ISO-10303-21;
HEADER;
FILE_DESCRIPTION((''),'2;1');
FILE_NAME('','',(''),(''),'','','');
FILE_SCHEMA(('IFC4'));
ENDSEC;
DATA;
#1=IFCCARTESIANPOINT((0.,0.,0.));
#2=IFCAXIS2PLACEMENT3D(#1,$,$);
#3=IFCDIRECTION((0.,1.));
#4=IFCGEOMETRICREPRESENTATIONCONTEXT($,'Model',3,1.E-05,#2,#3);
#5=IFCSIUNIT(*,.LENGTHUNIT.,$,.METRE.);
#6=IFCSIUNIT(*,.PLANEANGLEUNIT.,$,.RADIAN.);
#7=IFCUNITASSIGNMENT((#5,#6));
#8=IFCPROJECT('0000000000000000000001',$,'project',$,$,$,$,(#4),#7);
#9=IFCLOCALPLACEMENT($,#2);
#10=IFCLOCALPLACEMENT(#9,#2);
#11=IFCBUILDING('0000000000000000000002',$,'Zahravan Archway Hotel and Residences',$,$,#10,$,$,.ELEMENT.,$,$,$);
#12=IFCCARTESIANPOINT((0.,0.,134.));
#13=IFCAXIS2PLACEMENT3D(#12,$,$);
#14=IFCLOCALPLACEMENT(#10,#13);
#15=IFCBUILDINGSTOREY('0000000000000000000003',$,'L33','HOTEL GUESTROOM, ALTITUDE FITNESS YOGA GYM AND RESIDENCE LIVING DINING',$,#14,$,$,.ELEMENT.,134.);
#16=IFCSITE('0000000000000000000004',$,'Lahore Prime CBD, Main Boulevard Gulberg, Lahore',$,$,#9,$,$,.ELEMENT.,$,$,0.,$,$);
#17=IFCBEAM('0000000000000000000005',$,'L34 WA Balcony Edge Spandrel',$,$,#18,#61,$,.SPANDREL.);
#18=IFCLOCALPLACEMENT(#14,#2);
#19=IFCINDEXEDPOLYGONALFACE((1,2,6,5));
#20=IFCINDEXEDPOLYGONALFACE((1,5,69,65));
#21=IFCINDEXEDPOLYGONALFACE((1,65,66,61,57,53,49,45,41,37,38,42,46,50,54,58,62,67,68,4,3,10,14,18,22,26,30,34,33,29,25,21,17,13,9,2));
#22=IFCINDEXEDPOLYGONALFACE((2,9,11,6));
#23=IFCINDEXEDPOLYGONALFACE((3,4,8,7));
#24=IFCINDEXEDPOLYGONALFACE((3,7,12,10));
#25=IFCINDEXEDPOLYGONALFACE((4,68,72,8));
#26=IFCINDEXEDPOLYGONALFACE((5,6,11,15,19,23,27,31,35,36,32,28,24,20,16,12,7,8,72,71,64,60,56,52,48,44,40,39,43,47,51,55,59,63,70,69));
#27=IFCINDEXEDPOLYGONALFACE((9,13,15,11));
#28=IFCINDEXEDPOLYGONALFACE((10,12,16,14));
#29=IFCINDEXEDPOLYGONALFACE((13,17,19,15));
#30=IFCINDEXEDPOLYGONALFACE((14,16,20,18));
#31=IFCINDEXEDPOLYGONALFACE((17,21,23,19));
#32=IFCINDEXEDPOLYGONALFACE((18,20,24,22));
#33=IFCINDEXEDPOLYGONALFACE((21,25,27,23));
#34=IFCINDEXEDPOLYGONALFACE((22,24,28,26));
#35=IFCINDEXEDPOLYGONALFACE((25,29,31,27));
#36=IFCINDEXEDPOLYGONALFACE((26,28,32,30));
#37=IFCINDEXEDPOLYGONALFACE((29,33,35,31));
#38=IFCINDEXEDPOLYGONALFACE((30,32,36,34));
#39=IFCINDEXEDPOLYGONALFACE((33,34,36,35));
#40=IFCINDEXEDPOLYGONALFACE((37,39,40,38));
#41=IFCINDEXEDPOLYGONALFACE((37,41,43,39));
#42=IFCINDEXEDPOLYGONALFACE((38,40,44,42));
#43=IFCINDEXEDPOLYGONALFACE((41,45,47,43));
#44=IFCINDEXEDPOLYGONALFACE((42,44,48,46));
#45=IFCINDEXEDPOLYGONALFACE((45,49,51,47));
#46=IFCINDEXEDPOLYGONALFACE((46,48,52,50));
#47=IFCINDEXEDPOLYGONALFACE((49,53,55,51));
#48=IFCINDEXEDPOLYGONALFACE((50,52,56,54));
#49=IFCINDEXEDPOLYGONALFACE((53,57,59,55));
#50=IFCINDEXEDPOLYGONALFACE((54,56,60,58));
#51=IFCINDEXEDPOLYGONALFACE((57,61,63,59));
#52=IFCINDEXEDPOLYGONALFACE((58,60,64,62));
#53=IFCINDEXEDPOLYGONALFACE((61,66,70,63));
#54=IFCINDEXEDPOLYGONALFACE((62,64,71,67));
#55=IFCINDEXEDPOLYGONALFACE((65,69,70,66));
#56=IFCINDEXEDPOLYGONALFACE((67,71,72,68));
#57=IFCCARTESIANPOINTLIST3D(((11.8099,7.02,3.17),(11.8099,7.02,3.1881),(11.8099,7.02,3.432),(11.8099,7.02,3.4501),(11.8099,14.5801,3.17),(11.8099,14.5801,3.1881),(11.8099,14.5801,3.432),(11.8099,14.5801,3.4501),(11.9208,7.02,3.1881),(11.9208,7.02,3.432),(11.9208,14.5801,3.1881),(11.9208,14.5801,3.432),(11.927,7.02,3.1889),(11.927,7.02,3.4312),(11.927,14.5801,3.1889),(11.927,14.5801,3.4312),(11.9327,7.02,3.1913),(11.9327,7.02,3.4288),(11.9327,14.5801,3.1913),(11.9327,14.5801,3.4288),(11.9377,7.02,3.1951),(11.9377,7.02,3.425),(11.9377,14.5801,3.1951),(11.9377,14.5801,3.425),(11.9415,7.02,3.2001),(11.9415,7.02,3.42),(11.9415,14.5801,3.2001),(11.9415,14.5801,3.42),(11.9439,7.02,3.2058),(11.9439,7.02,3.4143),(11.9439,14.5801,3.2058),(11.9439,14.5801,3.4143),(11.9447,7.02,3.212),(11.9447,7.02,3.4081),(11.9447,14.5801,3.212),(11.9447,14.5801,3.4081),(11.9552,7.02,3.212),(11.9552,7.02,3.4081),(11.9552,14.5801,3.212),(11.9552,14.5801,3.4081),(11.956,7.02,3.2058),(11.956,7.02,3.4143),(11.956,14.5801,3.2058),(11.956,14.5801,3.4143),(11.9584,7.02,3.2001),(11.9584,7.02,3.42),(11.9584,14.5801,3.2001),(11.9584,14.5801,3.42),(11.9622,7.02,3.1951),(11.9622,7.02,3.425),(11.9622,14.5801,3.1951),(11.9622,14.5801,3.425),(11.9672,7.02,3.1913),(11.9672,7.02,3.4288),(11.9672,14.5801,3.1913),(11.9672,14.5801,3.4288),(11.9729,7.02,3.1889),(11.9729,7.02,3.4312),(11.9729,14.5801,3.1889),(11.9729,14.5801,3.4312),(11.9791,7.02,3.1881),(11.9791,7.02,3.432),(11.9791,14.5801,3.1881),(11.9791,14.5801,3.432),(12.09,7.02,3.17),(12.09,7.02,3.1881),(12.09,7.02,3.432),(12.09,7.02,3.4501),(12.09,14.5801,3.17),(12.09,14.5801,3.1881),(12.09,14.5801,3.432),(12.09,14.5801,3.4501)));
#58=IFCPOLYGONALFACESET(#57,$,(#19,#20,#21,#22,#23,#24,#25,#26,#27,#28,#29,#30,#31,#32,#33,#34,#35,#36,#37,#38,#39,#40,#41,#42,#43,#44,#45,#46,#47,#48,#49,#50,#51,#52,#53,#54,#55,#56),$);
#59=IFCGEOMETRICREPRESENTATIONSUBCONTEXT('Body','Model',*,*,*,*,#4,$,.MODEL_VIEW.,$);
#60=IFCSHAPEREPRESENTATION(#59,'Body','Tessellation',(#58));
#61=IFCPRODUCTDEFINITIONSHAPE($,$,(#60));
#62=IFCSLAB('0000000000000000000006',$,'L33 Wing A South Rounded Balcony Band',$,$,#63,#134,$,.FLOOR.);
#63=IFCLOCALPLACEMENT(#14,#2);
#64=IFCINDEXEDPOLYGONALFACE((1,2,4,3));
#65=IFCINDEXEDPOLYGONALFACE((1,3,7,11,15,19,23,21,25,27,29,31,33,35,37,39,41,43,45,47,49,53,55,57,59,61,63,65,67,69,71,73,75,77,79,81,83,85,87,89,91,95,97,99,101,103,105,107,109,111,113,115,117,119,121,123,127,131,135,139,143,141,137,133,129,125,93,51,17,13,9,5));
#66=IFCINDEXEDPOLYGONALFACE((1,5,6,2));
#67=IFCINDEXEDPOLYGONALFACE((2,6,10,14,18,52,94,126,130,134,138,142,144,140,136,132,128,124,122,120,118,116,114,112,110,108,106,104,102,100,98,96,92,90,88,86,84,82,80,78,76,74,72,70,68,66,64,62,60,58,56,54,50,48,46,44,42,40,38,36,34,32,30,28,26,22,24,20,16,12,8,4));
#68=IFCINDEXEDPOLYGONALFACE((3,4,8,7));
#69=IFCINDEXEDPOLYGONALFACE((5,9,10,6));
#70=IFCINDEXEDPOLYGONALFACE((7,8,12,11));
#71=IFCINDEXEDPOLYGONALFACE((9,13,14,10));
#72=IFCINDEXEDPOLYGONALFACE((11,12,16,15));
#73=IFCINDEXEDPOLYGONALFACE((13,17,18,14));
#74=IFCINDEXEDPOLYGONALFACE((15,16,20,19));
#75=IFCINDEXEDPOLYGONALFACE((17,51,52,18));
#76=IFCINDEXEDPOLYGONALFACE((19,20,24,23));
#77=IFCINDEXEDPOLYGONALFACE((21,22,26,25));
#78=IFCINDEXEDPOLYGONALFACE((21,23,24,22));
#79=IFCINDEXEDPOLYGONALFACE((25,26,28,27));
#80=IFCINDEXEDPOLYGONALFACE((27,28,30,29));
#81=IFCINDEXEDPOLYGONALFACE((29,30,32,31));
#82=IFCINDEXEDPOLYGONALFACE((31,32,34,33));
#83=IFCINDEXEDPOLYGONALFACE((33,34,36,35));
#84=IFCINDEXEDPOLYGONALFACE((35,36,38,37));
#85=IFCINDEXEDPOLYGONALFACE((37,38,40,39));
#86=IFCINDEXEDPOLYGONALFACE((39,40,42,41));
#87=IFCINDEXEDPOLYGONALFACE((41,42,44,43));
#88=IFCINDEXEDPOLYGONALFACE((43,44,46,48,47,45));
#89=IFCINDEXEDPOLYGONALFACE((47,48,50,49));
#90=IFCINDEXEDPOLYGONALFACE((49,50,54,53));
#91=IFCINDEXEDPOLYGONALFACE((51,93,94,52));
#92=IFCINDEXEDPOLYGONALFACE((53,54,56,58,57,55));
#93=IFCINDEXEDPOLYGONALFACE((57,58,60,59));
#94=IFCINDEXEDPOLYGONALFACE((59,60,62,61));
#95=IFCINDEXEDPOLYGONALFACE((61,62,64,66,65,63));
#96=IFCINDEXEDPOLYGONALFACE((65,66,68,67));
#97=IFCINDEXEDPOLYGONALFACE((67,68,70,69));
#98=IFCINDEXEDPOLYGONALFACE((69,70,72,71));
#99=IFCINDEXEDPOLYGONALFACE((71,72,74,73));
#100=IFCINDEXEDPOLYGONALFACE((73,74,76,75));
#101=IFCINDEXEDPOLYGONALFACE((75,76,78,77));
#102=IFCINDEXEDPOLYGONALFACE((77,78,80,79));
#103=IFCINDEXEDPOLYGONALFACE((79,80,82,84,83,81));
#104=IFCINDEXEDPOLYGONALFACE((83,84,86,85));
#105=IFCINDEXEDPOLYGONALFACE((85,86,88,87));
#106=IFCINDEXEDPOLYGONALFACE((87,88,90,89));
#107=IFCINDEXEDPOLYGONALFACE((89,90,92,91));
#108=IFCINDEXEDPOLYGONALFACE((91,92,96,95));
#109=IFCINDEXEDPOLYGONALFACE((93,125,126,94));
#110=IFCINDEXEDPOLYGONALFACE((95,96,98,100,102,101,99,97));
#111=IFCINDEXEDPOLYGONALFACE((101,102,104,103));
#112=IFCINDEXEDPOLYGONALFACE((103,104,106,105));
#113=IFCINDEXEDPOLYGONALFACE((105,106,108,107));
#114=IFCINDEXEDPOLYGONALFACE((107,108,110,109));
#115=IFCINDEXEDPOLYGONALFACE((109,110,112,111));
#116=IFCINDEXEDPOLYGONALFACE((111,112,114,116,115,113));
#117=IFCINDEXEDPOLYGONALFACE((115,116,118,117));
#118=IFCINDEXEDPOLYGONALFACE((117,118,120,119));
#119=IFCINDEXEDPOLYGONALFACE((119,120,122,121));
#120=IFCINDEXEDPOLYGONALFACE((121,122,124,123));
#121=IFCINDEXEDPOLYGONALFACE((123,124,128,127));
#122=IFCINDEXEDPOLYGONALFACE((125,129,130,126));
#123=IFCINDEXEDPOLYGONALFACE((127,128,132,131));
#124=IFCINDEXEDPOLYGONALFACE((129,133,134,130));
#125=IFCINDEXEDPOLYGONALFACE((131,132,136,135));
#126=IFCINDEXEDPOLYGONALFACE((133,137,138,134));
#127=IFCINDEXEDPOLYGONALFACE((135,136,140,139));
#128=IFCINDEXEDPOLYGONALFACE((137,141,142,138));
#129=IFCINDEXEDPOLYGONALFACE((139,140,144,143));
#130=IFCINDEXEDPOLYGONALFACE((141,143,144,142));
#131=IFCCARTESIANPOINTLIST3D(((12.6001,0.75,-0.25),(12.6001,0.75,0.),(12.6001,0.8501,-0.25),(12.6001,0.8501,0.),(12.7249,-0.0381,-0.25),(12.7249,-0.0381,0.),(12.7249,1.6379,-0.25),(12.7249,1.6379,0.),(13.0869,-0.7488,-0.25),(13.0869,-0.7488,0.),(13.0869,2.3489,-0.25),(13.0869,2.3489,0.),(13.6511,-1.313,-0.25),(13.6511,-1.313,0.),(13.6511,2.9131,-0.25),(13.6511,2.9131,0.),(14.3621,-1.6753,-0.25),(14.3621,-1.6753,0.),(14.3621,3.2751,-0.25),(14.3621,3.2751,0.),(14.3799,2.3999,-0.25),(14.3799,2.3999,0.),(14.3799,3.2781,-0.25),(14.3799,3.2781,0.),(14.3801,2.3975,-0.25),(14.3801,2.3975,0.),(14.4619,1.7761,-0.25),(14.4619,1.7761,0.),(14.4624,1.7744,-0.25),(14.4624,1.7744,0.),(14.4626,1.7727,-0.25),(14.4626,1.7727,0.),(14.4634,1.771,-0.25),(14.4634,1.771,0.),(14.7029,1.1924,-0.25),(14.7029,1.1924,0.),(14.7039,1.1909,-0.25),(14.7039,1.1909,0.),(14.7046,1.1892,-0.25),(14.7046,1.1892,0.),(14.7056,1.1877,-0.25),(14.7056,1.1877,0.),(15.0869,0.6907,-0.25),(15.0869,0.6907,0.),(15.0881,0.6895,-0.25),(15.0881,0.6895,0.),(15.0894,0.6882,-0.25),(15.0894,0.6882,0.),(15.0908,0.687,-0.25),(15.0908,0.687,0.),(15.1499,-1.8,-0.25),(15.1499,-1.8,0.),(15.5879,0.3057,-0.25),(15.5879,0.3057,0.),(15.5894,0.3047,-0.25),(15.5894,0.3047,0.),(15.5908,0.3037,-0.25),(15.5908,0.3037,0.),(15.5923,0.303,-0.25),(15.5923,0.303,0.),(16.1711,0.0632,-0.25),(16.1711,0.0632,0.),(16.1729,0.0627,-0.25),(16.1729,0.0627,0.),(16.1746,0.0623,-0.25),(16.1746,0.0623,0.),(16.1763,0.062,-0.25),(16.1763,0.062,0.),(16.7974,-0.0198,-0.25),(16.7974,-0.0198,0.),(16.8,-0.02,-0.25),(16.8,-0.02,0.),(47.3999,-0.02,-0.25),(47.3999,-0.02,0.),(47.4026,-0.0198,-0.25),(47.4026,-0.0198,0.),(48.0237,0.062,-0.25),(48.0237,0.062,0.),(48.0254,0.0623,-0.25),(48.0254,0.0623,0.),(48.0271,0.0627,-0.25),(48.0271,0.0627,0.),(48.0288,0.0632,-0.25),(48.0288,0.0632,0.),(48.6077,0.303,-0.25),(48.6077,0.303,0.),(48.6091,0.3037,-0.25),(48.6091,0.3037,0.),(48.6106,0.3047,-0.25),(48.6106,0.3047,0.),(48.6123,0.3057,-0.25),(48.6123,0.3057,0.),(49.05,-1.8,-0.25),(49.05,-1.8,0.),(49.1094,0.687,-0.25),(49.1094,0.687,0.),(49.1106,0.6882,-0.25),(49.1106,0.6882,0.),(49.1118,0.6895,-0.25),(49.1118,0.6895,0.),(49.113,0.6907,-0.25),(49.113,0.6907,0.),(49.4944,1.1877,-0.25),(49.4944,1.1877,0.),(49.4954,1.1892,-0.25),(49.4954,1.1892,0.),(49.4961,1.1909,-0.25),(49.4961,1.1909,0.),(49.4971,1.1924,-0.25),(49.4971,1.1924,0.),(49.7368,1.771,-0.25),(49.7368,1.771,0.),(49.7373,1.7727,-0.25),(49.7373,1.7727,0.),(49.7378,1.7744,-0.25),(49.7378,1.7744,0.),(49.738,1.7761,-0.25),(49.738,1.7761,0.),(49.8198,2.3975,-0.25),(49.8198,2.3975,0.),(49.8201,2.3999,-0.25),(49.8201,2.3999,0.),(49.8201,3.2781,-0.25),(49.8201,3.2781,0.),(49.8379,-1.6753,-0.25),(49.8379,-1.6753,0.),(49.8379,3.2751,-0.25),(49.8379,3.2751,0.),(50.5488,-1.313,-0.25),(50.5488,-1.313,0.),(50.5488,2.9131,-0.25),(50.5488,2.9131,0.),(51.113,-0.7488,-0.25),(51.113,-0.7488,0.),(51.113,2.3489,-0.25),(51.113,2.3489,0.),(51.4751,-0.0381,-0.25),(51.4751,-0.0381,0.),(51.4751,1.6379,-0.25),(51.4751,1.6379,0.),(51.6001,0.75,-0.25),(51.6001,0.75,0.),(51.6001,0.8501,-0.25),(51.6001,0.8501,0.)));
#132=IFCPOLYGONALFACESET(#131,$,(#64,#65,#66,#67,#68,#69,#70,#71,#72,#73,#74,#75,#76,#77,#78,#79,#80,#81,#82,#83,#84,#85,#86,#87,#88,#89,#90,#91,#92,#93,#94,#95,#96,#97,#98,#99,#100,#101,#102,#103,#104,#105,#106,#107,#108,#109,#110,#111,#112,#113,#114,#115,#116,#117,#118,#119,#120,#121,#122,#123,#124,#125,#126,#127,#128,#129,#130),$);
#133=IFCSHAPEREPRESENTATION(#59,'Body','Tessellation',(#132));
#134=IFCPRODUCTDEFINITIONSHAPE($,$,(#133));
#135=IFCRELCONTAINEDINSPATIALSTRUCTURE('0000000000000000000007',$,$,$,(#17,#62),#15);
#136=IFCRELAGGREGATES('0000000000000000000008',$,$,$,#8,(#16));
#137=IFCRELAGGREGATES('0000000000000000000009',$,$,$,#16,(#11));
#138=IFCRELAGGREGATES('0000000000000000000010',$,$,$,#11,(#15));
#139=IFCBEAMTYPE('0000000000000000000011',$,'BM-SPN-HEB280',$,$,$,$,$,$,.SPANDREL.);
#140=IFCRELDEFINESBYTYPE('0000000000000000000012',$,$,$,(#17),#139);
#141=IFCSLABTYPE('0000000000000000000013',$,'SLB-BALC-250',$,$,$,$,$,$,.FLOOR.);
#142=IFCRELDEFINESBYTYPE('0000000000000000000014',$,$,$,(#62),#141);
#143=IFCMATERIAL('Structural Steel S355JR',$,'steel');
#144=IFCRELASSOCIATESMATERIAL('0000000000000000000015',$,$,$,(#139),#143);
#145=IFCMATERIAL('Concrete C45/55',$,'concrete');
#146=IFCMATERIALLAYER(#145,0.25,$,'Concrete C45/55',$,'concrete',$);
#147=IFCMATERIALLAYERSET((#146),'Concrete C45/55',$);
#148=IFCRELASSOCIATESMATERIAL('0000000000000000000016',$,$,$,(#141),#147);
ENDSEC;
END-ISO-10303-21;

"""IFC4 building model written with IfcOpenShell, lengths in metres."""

from ifc_helpers import new_model, si_unit, direction, frame, origin, origin_2d, place, context, subcontext, project, spatial, polyline, i_section, outline, extrude, source, transform, mapped, material, layer, layer_set, material_profile, profile_set, type_object, type_shapes, element, save


model = new_model("IFC4")

# Units and contexts
model_context = context("Model", 3, precision=1e-05, world=origin(), true_north=direction((0.0, 1.0)))
body_context = subcontext(model_context, "Body", "Model", "MODEL_VIEW")
ifc_project = project(units=[si_unit("LENGTHUNIT", "METRE"), si_unit("PLANEANGLEUNIT", "RADIAN")], contexts=[model_context])

# Site, building, storey
site_placement = place(None, origin())
site = spatial("IfcSite", under=ifc_project, at=site_placement, Name="Lahore Prime CBD, Main Boulevard Gulberg, Lahore", CompositionType="ELEMENT", RefElevation=0.0)
building_placement = place(site_placement, origin())
building = spatial("IfcBuilding", under=site, at=building_placement, Name="Zahravan Archway Hotel and Residences", CompositionType="ELEMENT")
storey_placement = place(building_placement, frame((0.0, 0.0, 134.0)))
storey = spatial("IfcBuildingStorey", under=building, at=storey_placement, Name="L33", Description="HOTEL GUESTROOM, ALTITUDE FITNESS YOGA GYM AND RESIDENCE LIVING DINING", CompositionType="ELEMENT", Elevation=134.0)

# Beam
ifc_material_1 = material(Name="Structural Steel S355JR", Category="steel")
ifc_material_profile = material_profile(ifc_material_1, i_section(OverallWidth=0.28, OverallDepth=0.28, WebThickness=0.0105, FlangeThickness=0.0181, FilletRadius=0.0239, at=origin_2d()), Name="HEB 280", Category="steel")
ifc_profile_set = profile_set([ifc_material_profile], Name="Structural Steel S355JR")
beam_type = type_object("IfcBeamType", Name="BM-SPN-HEB280", PredefinedType="SPANDREL", material=ifc_profile_set)
shared_shape = source(origin(), body_context, "Body", "SweptSolid", [
    extrude(i_section(OverallWidth=0.28, OverallDepth=0.28, WebThickness=0.0105, FlangeThickness=0.0181, FilletRadius=0.0239, at=origin_2d()), origin(), (0.0, 0.0, 1.0), 7.5601),
])
type_shapes(beam_type, [shared_shape])
beam_placement = place(storey_placement, frame((11.95, 7.02, 3.3101), z_axis=(0.0, 1.0, 0.0), x_axis=(-1.0, 0.0, 0.0)))
element("IfcBeam", 1, at=beam_placement, inside=storey, type_object=beam_type, Name="L34 WA Balcony Edge Spandrel", PredefinedType="SPANDREL", context=body_context, shape_type="MappedRepresentation", body=[
    mapped(shared_shape, transform((0.0, 0.0, 0.0), scale=1.0)),
])

# Slab
ifc_material_2 = material(Name="Concrete C45/55", Category="concrete")
ifc_layer_1 = layer(ifc_material_2, 0.25, Name="Concrete C45/55", Category="concrete")
ifc_layer_set_1 = layer_set([ifc_layer_1], Name="Concrete C45/55")
slab_type_1 = type_object("IfcSlabType", Name="SLB-BALC-250", PredefinedType="FLOOR", material=ifc_layer_set_1)
slab_1_placement = place(storey_placement, frame((0.0, 0.0, -0.25)))
element("IfcSlab", 2, at=slab_1_placement, inside=storey, type_object=slab_type_1, Name="L33 Wing A South Rounded Balcony Band", PredefinedType="FLOOR", context=body_context, shape_type="SweptSolid", body=[
    extrude(outline(polyline([(49.8379, 3.2751), (50.5488, 2.9131), (51.113, 2.3489), (51.4751, 1.6379), (51.6001, 0.8501), (51.6001, 0.75), (51.4751, -0.0381), (51.113, -0.7488), (50.5488, -1.313), (49.8379, -1.6753), (49.05, -1.8), (15.1499, -1.8), (14.3621, -1.6753), (13.6511, -1.313), (13.0869, -0.7488), (12.7249, -0.0381), (12.6001, 0.75), (12.6001, 0.8501), (12.7249, 1.6379), (13.0869, 2.3489), (13.6511, 2.9131), (14.3621, 3.2751), (14.3799, 3.2781), (14.3799, 2.3999), (14.3801, 2.3975), (14.4619, 1.7761), (14.4624, 1.7744), (14.4626, 1.7727), (14.4634, 1.771), (14.7029, 1.1924), (14.7039, 1.1909), (14.7046, 1.1892), (14.7056, 1.1877), (15.0869, 0.6907), (15.0881, 0.6895), (15.0894, 0.6882), (15.0908, 0.687), (15.5879, 0.3057), (15.5894, 0.3047), (15.5908, 0.3037), (15.5923, 0.303), (16.1711, 0.0632), (16.1729, 0.0627), (16.1746, 0.0623), (16.1763, 0.062), (16.7974, -0.0198), (16.8, -0.02), (47.3999, -0.02), (47.4026, -0.0198), (48.0237, 0.062), (48.0254, 0.0623), (48.0271, 0.0627), (48.0288, 0.0632), (48.6077, 0.303), (48.6091, 0.3037), (48.6106, 0.3047), (48.6123, 0.3057), (49.1094, 0.687), (49.1106, 0.6882), (49.1118, 0.6895), (49.113, 0.6907), (49.4944, 1.1877), (49.4954, 1.1892), (49.4961, 1.1909), (49.4971, 1.1924), (49.7368, 1.771), (49.7373, 1.7727), (49.7378, 1.7744), (49.738, 1.7761), (49.8198, 2.3975), (49.8201, 2.3999), (49.8201, 3.2781), (49.8379, 3.2751)])), origin(), (0.0, 0.0, 1.0), 0.25),
])

save(model, "model.ifc")
